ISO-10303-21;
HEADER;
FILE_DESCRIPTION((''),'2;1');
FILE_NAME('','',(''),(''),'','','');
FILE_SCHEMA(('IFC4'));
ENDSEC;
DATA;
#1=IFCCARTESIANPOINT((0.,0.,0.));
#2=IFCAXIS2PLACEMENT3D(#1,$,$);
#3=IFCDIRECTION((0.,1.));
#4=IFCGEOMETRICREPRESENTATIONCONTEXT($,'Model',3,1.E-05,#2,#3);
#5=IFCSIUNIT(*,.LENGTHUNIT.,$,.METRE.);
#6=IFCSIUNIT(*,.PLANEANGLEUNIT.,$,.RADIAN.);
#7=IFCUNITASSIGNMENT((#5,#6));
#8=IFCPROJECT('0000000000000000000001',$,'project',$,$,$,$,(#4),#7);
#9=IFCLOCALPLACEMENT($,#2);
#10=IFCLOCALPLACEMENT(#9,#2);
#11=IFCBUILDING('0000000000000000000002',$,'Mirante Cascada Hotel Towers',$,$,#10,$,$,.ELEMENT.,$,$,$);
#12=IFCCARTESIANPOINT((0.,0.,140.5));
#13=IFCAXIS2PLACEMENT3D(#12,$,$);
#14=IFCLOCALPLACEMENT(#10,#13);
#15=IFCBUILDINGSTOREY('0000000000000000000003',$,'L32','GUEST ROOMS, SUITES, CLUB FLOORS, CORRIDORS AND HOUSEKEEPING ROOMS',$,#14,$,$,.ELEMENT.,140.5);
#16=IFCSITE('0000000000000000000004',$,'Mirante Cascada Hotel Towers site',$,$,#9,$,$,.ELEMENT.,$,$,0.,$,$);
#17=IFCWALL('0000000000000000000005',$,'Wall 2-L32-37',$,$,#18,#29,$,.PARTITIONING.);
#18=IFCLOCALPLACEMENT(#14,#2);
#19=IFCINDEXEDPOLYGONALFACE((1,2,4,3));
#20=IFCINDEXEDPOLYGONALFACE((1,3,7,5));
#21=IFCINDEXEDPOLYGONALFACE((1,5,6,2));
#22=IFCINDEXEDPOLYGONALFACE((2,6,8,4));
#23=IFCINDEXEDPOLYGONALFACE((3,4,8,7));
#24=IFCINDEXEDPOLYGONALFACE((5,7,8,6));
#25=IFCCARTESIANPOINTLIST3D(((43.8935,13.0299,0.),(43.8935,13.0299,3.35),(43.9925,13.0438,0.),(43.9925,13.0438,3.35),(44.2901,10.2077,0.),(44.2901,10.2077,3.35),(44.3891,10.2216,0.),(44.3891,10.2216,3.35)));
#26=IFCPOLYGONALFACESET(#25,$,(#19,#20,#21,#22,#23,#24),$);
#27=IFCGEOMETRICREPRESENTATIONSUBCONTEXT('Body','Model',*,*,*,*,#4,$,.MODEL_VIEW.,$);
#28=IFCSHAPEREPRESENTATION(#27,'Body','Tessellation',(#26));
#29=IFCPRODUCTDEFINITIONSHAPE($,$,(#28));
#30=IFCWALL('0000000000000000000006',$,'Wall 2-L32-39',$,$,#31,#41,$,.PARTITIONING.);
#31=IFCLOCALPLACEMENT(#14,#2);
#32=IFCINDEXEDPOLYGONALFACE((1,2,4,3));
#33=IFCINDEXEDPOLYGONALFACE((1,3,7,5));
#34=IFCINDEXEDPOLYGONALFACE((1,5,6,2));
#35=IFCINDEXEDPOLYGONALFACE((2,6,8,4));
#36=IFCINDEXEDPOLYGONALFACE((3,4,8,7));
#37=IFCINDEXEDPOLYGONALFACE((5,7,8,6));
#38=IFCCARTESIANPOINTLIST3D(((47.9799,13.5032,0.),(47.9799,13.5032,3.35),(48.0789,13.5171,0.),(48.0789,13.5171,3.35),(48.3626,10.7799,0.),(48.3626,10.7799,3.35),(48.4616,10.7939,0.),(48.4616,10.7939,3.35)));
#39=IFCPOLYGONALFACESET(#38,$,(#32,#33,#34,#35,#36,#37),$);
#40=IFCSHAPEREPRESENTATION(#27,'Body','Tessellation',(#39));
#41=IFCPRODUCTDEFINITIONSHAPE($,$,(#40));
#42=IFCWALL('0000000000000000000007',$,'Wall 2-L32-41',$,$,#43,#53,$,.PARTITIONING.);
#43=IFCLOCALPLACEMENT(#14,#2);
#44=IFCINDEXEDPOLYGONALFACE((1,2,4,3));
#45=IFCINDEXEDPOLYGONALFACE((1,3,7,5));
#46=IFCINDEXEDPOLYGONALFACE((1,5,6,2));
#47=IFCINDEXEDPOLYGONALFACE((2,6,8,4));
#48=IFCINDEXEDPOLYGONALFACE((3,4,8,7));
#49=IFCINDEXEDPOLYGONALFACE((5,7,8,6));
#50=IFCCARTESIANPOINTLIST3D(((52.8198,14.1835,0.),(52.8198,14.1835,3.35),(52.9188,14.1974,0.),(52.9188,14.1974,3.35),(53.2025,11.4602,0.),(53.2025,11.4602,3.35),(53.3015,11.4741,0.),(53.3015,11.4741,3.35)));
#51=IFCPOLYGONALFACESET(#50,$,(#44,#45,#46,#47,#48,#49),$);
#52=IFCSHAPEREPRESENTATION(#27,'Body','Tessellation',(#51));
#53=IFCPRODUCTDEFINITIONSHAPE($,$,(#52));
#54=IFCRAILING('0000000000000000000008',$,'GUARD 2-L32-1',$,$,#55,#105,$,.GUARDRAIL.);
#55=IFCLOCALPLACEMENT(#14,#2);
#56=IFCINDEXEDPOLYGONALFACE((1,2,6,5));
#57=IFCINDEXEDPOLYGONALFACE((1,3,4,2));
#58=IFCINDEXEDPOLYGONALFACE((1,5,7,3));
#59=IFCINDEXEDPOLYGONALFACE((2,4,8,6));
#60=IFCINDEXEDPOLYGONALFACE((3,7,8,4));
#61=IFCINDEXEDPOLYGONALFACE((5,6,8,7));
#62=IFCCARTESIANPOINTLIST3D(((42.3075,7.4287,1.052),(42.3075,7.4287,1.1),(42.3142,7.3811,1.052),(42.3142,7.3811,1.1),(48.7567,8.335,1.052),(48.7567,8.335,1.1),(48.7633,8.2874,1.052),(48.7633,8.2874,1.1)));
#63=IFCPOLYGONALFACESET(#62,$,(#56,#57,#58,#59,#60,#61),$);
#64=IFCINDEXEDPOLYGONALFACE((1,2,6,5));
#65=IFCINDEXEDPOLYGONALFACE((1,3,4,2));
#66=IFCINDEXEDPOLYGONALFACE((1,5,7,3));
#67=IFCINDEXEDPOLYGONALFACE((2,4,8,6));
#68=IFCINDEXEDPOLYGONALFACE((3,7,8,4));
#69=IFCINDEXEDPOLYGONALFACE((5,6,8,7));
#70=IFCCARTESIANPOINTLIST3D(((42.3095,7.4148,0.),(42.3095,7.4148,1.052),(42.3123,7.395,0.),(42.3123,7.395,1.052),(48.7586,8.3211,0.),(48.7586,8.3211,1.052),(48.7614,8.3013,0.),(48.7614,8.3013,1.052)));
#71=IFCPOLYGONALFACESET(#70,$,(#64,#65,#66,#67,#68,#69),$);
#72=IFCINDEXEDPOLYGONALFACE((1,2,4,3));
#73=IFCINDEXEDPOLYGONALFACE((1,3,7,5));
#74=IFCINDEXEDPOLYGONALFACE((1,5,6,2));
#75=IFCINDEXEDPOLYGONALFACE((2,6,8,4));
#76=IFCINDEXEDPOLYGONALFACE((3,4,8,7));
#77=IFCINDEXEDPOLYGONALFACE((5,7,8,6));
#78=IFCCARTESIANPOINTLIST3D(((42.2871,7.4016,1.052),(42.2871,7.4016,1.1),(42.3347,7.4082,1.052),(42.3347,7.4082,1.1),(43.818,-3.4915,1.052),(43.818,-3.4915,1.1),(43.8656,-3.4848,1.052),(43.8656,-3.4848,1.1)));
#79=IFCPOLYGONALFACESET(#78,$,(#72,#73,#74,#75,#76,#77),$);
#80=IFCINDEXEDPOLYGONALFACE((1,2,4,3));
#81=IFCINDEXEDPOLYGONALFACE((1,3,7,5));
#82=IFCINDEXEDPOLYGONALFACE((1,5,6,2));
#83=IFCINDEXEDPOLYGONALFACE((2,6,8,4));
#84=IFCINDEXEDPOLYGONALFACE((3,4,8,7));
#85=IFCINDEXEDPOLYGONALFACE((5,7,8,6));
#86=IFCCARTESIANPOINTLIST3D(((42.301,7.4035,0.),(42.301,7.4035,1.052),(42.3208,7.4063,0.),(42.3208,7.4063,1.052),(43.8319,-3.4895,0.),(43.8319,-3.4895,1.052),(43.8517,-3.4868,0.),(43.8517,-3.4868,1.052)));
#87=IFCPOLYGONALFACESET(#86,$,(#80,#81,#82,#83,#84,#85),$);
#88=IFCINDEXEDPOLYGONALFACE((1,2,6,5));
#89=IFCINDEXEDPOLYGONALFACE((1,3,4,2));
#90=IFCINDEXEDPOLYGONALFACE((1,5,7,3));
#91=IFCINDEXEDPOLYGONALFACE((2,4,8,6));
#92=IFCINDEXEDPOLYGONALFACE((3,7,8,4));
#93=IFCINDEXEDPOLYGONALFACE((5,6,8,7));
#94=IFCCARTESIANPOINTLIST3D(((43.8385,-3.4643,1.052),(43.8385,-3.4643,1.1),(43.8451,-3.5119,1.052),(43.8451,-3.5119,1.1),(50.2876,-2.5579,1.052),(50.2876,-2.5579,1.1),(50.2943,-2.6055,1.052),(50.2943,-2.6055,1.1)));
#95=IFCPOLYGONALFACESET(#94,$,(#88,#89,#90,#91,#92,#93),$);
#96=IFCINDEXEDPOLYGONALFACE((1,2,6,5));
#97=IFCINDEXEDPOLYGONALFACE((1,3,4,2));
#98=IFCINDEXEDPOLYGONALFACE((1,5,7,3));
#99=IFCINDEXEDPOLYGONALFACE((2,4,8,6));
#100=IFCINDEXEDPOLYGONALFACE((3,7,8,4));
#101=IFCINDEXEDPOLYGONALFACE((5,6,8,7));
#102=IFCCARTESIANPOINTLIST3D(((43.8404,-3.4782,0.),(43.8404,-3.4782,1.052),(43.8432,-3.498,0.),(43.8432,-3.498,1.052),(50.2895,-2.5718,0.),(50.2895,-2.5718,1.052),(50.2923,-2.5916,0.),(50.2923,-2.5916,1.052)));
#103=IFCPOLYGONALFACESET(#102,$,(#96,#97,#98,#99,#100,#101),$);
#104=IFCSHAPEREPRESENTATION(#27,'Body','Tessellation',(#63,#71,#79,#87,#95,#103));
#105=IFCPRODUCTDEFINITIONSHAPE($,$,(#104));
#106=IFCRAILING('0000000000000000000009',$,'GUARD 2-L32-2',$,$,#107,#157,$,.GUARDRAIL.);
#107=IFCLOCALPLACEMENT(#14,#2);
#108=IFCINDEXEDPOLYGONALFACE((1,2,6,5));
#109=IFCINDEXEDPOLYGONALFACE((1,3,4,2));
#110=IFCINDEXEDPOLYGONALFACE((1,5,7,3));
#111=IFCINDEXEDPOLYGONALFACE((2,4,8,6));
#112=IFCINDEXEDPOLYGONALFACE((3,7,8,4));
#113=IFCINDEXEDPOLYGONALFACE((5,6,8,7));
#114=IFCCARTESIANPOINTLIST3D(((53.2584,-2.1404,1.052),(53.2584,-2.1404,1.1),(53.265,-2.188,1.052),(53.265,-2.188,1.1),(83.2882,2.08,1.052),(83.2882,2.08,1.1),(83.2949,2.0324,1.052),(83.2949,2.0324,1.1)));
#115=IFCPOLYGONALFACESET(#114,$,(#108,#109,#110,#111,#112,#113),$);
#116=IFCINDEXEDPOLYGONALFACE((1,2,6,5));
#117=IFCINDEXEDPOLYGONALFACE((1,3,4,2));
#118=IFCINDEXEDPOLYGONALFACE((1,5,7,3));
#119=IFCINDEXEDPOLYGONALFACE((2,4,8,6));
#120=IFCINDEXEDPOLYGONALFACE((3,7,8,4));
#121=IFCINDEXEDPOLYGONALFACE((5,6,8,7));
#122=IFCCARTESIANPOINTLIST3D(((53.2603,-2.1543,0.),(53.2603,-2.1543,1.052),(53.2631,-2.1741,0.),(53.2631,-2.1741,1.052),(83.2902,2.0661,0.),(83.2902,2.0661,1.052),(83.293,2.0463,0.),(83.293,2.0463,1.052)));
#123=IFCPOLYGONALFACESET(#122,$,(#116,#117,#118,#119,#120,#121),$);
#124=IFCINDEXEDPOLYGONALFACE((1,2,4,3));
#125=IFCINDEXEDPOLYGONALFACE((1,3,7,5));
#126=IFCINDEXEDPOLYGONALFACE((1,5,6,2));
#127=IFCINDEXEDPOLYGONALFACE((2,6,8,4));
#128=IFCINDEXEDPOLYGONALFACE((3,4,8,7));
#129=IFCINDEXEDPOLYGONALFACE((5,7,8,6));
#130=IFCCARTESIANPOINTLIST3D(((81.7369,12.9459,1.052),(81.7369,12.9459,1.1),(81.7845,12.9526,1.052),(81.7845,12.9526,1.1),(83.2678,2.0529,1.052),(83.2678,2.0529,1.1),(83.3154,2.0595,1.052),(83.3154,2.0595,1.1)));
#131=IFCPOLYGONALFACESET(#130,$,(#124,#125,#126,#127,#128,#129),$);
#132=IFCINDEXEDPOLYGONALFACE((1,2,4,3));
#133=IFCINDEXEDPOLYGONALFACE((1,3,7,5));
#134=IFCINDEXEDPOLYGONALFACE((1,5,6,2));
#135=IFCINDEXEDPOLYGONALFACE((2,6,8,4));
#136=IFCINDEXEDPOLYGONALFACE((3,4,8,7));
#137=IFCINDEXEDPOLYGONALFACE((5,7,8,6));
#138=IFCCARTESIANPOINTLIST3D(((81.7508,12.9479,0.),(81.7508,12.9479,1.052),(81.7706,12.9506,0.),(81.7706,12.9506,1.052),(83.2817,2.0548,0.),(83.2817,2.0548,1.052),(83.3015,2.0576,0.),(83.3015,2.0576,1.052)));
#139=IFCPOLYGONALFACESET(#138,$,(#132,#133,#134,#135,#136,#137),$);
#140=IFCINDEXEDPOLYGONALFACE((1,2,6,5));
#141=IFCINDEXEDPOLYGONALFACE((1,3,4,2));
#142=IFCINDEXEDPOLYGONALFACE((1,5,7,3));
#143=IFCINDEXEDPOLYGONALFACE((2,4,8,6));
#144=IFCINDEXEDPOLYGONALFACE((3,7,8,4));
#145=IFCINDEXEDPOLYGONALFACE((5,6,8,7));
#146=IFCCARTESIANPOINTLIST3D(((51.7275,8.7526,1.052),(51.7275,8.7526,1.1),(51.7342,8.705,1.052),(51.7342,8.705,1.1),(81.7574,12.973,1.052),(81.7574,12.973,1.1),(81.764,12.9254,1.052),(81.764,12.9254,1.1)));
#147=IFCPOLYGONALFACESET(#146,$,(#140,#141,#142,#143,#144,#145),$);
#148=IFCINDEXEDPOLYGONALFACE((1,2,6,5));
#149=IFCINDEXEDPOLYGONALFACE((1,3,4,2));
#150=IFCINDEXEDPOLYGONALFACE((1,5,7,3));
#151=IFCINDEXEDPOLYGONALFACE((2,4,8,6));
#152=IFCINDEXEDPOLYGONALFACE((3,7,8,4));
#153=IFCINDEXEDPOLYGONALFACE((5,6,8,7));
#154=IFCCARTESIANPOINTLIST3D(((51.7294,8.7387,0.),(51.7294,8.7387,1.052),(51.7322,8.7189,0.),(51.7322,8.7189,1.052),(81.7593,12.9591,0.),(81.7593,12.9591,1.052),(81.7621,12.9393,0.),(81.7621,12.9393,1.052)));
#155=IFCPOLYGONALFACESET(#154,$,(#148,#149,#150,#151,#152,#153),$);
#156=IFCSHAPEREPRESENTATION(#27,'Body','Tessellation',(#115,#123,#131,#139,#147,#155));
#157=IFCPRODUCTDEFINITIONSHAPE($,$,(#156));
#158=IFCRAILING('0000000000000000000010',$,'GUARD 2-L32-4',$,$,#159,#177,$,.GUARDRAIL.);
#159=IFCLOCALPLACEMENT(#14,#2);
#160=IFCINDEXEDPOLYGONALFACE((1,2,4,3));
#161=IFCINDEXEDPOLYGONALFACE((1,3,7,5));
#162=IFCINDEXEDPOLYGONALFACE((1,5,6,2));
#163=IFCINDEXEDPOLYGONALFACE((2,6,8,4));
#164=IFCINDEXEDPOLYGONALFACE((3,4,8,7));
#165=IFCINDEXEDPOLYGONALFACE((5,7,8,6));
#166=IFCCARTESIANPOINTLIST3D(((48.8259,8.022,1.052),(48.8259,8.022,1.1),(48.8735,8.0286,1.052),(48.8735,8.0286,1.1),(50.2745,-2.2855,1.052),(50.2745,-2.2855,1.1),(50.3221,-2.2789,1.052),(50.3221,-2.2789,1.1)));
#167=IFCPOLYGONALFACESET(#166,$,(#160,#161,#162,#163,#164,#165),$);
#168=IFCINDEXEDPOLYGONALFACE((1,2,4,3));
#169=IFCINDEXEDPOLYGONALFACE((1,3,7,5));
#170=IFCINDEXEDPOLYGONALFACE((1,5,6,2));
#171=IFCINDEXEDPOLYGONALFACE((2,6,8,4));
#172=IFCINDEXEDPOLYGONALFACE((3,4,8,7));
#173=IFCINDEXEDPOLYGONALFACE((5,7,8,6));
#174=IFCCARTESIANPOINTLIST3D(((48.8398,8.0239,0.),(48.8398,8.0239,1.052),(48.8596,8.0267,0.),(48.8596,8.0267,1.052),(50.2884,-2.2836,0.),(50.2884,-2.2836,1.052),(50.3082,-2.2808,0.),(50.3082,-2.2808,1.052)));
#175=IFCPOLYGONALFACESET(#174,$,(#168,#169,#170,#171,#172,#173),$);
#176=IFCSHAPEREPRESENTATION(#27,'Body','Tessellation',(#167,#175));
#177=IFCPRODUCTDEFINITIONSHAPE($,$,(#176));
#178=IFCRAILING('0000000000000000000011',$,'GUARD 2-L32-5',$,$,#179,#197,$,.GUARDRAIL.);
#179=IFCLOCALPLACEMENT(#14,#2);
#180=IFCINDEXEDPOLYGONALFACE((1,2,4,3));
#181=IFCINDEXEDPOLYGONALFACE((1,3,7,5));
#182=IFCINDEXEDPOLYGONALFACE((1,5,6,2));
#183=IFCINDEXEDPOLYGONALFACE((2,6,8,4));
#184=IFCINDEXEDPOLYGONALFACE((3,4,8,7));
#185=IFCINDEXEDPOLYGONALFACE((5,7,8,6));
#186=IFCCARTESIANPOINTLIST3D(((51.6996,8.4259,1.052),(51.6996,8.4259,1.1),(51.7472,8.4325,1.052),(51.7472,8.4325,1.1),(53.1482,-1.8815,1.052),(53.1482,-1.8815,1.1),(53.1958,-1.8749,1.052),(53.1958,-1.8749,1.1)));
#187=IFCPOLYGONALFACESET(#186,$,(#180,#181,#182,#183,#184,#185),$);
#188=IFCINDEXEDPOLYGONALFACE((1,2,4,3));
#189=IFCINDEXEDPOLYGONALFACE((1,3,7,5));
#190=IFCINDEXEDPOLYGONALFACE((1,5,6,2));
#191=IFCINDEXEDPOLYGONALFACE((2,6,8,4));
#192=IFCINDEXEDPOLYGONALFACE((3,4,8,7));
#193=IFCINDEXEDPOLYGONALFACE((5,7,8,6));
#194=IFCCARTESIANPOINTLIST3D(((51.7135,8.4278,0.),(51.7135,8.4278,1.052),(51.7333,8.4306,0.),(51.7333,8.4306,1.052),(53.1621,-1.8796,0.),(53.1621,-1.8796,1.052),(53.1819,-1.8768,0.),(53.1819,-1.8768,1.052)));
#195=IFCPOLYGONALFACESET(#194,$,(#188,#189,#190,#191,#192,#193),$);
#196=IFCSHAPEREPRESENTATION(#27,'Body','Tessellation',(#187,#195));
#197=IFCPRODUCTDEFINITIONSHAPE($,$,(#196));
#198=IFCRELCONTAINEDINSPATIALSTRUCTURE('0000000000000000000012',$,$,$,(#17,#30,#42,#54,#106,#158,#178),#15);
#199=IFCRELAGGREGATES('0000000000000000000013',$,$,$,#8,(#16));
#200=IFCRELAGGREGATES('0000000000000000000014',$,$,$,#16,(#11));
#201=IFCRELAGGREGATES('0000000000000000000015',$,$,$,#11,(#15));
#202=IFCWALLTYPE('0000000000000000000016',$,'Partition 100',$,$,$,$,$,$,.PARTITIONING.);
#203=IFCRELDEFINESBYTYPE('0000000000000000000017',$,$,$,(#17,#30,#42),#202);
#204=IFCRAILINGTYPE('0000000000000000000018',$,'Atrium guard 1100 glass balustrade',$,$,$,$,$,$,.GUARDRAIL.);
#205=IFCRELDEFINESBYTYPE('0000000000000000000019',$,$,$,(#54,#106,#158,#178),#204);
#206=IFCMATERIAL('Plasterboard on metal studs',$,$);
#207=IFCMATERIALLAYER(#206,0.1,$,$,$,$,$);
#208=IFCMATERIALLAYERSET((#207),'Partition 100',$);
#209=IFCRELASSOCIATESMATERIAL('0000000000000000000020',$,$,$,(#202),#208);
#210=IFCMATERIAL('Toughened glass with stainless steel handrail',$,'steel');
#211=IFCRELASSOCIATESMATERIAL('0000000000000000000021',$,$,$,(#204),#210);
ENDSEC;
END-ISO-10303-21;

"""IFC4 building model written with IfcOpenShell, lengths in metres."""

from ifc_helpers import new_model, si_unit, direction, frame, frame_2d, origin, origin_2d, place, context, subcontext, project, spatial, rectangle, extrude, material, layer, layer_set, type_object, element, save


model = new_model("IFC4")

# Units and contexts
model_context = context("Model", 3, precision=1e-05, world=origin(), true_north=direction((0.0, 1.0)))
body_context = subcontext(model_context, "Body", "Model", "MODEL_VIEW")
ifc_project = project(units=[si_unit("LENGTHUNIT", "METRE"), si_unit("PLANEANGLEUNIT", "RADIAN")], contexts=[model_context])

# Site, building, storey
site_placement = place(None, origin())
site = spatial("IfcSite", under=ifc_project, at=site_placement, Name="Mirante Cascada Hotel Towers site", CompositionType="ELEMENT", RefElevation=0.0)
building_placement = place(site_placement, origin())
building = spatial("IfcBuilding", under=site, at=building_placement, Name="Mirante Cascada Hotel Towers", CompositionType="ELEMENT")
storey_placement = place(building_placement, frame((0.0, 0.0, 140.5)))
storey = spatial("IfcBuildingStorey", under=building, at=storey_placement, Name="L32", Description="GUEST ROOMS, SUITES, CLUB FLOORS, CORRIDORS AND HOUSEKEEPING ROOMS", CompositionType="ELEMENT", Elevation=140.5)

# Shared definitions
ifc_material_1 = material(Name="Plasterboard on metal studs")
ifc_layer_1 = layer(ifc_material_1, 0.1)
ifc_layer_set_1 = layer_set([ifc_layer_1], Name="Partition 100")
wall_type_1 = type_object("IfcWallType", Name="Partition 100", PredefinedType="PARTITIONING", material=ifc_layer_set_1)

# Walls
wall_1_placement = place(storey_placement, frame((44.3396, 10.2146, 0.0), z_axis=(0.0, 0.0, 1.0), x_axis=(-0.139161, 0.99027, 0.0)))
element("IfcWall", 1, at=wall_1_placement, inside=storey, type_object=wall_type_1, Name="Wall 2-L32-37", PredefinedType="PARTITIONING", context=body_context, shape_type="SweptSolid", body=[
    extrude(rectangle(XDim=2.8499, YDim=0.1, at=frame_2d((1.425, 0.0))), origin(), (0.0, 0.0, 1.0), 3.35),
])
wall_2_placement = place(storey_placement, frame((48.4121, 10.7869, 0.0), z_axis=(0.0, 0.0, 1.0), x_axis=(-0.139166, 0.990269, 0.0)))
element("IfcWall", 2, at=wall_2_placement, inside=storey, type_object=wall_type_1, Name="Wall 2-L32-39", PredefinedType="PARTITIONING", context=body_context, shape_type="SweptSolid", body=[
    extrude(rectangle(XDim=2.75, YDim=0.1, at=frame_2d((1.375, 0.0))), origin(), (0.0, 0.0, 1.0), 3.35),
])
wall_3_placement = place(storey_placement, frame((53.252, 11.4671, 0.0), z_axis=(0.0, 0.0, 1.0), x_axis=(-0.139161, 0.99027, 0.0)))
element("IfcWall", 3, at=wall_3_placement, inside=storey, type_object=wall_type_1, Name="Wall 2-L32-41", PredefinedType="PARTITIONING", context=body_context, shape_type="SweptSolid", body=[
    extrude(rectangle(XDim=2.7501, YDim=0.1, at=frame_2d((1.3751, 0.0))), origin(), (0.0, 0.0, 1.0), 3.35),
])

# Railings
ifc_material_2 = material(Name="Toughened glass with stainless steel handrail", Category="steel")
railing_type = type_object("IfcRailingType", Name="Atrium guard 1100 glass balustrade", PredefinedType="GUARDRAIL", material=ifc_material_2)
railing_1_placement = place(storey_placement, frame((48.76, 8.3112, 0.0)))
element("IfcRailing", 4, at=railing_1_placement, inside=storey, type_object=railing_type, Name="GUARD 2-L32-1", PredefinedType="GUARDRAIL", context=body_context, shape_type="SweptSolid", body=[
    extrude(rectangle(XDim=0.048, YDim=0.048, at=origin_2d()), frame((0.0, 0.0, 1.076), z_axis=(-0.990269, -0.139164, 0.0), x_axis=(0.139164, -0.990269, 0.0)), (0.0, 0.0, 1.0), 6.5125),
    extrude(rectangle(XDim=0.02, YDim=1.052, at=origin_2d()), frame((0.0, 0.0, 0.526), z_axis=(-0.990269, -0.139164, 0.0), x_axis=(0.139164, -0.990269, 0.0)), (0.0, 0.0, 1.0), 6.5125),
    extrude(rectangle(XDim=0.048, YDim=0.048, at=origin_2d()), frame((-6.4491, -0.9063, 1.076), z_axis=(0.139172, -0.990268, 0.0), x_axis=(0.990268, 0.139172, 0.0)), (0.0, 0.0, 1.0), 11.0001),
    extrude(rectangle(XDim=0.02, YDim=1.052, at=origin_2d()), frame((-6.4491, -0.9063, 0.526), z_axis=(0.139172, -0.990268, 0.0), x_axis=(0.990268, 0.139172, 0.0)), (0.0, 0.0, 1.0), 11.0001),
    extrude(rectangle(XDim=0.048, YDim=0.048, at=origin_2d()), frame((-4.9182, -11.7993, 1.076), z_axis=(0.990267, 0.139179, 0.0), x_axis=(-0.139179, 0.990267, 0.0)), (0.0, 0.0, 1.0), 6.5125),
    extrude(rectangle(XDim=0.02, YDim=1.052, at=origin_2d()), frame((-4.9182, -11.7993, 0.526), z_axis=(0.990267, 0.139179, 0.0), x_axis=(-0.139179, 0.990267, 0.0)), (0.0, 0.0, 1.0), 6.5125),
])
railing_2_placement = place(storey_placement, frame((53.2617, -2.1642, 0.0)))
element("IfcRailing", 5, at=railing_2_placement, inside=storey, type_object=railing_type, Name="GUARD 2-L32-2", PredefinedType="GUARDRAIL", context=body_context, shape_type="SweptSolid", body=[
    extrude(rectangle(XDim=0.048, YDim=0.048, at=origin_2d()), frame((0.0, 0.0, 1.076), z_axis=(0.990268, 0.139172, 0.0), x_axis=(-0.139172, 0.990268, 0.0)), (0.0, 0.0, 1.0), 30.325),
    extrude(rectangle(XDim=0.02, YDim=1.052, at=origin_2d()), frame((0.0, 0.0, 0.526), z_axis=(0.990268, 0.139172, 0.0), x_axis=(-0.139172, 0.990268, 0.0)), (0.0, 0.0, 1.0), 30.325),
    extrude(rectangle(XDim=0.048, YDim=0.048, at=origin_2d()), frame((30.0299, 4.2204, 1.076), z_axis=(-0.139172, 0.990268, 0.0), x_axis=(-0.990268, -0.139172, 0.0)), (0.0, 0.0, 1.0), 11.0001),
    extrude(rectangle(XDim=0.02, YDim=1.052, at=origin_2d()), frame((30.0299, 4.2204, 0.526), z_axis=(-0.139172, 0.990268, 0.0), x_axis=(-0.990268, -0.139172, 0.0)), (0.0, 0.0, 1.0), 11.0001),
    extrude(rectangle(XDim=0.048, YDim=0.048, at=origin_2d()), frame((28.499, 15.1134, 1.076), z_axis=(-0.990268, -0.139172, 0.0), x_axis=(0.139172, -0.990268, 0.0)), (0.0, 0.0, 1.0), 30.325),
    extrude(rectangle(XDim=0.02, YDim=1.052, at=origin_2d()), frame((28.499, 15.1134, 0.526), z_axis=(-0.990268, -0.139172, 0.0), x_axis=(0.139172, -0.990268, 0.0)), (0.0, 0.0, 1.0), 30.325),
])
railing_3_placement = place(storey_placement, frame((50.2983, -2.2822, 0.0)))
element("IfcRailing", 6, at=railing_3_placement, inside=storey, type_object=railing_type, Name="GUARD 2-L32-4", PredefinedType="GUARDRAIL", context=body_context, shape_type="SweptSolid", body=[
    extrude(rectangle(XDim=0.048, YDim=0.048, at=origin_2d()), frame((0.0, 0.0, 1.076), z_axis=(-0.139171, 0.990268, 0.0), x_axis=(-0.990268, -0.139171, 0.0)), (0.0, 0.0, 1.0), 10.4088),
    extrude(rectangle(XDim=0.02, YDim=1.052, at=origin_2d()), frame((0.0, 0.0, 0.526), z_axis=(-0.139171, 0.990268, 0.0), x_axis=(-0.990268, -0.139171, 0.0)), (0.0, 0.0, 1.0), 10.4088),
])
railing_4_placement = place(storey_placement, frame((51.7234, 8.4292, 0.0)))
element("IfcRailing", 7, at=railing_4_placement, inside=storey, type_object=railing_type, Name="GUARD 2-L32-5", PredefinedType="GUARDRAIL", context=body_context, shape_type="SweptSolid", body=[
    extrude(rectangle(XDim=0.048, YDim=0.048, at=origin_2d()), frame((0.0, 0.0, 1.076), z_axis=(0.139172, -0.990268, 0.0), x_axis=(0.990268, 0.139172, 0.0)), (0.0, 0.0, 1.0), 10.4087),
    extrude(rectangle(XDim=0.02, YDim=1.052, at=origin_2d()), frame((0.0, 0.0, 0.526), z_axis=(0.139172, -0.990268, 0.0), x_axis=(0.990268, 0.139172, 0.0)), (0.0, 0.0, 1.0), 10.4087),
])

save(model, "model.ifc")
